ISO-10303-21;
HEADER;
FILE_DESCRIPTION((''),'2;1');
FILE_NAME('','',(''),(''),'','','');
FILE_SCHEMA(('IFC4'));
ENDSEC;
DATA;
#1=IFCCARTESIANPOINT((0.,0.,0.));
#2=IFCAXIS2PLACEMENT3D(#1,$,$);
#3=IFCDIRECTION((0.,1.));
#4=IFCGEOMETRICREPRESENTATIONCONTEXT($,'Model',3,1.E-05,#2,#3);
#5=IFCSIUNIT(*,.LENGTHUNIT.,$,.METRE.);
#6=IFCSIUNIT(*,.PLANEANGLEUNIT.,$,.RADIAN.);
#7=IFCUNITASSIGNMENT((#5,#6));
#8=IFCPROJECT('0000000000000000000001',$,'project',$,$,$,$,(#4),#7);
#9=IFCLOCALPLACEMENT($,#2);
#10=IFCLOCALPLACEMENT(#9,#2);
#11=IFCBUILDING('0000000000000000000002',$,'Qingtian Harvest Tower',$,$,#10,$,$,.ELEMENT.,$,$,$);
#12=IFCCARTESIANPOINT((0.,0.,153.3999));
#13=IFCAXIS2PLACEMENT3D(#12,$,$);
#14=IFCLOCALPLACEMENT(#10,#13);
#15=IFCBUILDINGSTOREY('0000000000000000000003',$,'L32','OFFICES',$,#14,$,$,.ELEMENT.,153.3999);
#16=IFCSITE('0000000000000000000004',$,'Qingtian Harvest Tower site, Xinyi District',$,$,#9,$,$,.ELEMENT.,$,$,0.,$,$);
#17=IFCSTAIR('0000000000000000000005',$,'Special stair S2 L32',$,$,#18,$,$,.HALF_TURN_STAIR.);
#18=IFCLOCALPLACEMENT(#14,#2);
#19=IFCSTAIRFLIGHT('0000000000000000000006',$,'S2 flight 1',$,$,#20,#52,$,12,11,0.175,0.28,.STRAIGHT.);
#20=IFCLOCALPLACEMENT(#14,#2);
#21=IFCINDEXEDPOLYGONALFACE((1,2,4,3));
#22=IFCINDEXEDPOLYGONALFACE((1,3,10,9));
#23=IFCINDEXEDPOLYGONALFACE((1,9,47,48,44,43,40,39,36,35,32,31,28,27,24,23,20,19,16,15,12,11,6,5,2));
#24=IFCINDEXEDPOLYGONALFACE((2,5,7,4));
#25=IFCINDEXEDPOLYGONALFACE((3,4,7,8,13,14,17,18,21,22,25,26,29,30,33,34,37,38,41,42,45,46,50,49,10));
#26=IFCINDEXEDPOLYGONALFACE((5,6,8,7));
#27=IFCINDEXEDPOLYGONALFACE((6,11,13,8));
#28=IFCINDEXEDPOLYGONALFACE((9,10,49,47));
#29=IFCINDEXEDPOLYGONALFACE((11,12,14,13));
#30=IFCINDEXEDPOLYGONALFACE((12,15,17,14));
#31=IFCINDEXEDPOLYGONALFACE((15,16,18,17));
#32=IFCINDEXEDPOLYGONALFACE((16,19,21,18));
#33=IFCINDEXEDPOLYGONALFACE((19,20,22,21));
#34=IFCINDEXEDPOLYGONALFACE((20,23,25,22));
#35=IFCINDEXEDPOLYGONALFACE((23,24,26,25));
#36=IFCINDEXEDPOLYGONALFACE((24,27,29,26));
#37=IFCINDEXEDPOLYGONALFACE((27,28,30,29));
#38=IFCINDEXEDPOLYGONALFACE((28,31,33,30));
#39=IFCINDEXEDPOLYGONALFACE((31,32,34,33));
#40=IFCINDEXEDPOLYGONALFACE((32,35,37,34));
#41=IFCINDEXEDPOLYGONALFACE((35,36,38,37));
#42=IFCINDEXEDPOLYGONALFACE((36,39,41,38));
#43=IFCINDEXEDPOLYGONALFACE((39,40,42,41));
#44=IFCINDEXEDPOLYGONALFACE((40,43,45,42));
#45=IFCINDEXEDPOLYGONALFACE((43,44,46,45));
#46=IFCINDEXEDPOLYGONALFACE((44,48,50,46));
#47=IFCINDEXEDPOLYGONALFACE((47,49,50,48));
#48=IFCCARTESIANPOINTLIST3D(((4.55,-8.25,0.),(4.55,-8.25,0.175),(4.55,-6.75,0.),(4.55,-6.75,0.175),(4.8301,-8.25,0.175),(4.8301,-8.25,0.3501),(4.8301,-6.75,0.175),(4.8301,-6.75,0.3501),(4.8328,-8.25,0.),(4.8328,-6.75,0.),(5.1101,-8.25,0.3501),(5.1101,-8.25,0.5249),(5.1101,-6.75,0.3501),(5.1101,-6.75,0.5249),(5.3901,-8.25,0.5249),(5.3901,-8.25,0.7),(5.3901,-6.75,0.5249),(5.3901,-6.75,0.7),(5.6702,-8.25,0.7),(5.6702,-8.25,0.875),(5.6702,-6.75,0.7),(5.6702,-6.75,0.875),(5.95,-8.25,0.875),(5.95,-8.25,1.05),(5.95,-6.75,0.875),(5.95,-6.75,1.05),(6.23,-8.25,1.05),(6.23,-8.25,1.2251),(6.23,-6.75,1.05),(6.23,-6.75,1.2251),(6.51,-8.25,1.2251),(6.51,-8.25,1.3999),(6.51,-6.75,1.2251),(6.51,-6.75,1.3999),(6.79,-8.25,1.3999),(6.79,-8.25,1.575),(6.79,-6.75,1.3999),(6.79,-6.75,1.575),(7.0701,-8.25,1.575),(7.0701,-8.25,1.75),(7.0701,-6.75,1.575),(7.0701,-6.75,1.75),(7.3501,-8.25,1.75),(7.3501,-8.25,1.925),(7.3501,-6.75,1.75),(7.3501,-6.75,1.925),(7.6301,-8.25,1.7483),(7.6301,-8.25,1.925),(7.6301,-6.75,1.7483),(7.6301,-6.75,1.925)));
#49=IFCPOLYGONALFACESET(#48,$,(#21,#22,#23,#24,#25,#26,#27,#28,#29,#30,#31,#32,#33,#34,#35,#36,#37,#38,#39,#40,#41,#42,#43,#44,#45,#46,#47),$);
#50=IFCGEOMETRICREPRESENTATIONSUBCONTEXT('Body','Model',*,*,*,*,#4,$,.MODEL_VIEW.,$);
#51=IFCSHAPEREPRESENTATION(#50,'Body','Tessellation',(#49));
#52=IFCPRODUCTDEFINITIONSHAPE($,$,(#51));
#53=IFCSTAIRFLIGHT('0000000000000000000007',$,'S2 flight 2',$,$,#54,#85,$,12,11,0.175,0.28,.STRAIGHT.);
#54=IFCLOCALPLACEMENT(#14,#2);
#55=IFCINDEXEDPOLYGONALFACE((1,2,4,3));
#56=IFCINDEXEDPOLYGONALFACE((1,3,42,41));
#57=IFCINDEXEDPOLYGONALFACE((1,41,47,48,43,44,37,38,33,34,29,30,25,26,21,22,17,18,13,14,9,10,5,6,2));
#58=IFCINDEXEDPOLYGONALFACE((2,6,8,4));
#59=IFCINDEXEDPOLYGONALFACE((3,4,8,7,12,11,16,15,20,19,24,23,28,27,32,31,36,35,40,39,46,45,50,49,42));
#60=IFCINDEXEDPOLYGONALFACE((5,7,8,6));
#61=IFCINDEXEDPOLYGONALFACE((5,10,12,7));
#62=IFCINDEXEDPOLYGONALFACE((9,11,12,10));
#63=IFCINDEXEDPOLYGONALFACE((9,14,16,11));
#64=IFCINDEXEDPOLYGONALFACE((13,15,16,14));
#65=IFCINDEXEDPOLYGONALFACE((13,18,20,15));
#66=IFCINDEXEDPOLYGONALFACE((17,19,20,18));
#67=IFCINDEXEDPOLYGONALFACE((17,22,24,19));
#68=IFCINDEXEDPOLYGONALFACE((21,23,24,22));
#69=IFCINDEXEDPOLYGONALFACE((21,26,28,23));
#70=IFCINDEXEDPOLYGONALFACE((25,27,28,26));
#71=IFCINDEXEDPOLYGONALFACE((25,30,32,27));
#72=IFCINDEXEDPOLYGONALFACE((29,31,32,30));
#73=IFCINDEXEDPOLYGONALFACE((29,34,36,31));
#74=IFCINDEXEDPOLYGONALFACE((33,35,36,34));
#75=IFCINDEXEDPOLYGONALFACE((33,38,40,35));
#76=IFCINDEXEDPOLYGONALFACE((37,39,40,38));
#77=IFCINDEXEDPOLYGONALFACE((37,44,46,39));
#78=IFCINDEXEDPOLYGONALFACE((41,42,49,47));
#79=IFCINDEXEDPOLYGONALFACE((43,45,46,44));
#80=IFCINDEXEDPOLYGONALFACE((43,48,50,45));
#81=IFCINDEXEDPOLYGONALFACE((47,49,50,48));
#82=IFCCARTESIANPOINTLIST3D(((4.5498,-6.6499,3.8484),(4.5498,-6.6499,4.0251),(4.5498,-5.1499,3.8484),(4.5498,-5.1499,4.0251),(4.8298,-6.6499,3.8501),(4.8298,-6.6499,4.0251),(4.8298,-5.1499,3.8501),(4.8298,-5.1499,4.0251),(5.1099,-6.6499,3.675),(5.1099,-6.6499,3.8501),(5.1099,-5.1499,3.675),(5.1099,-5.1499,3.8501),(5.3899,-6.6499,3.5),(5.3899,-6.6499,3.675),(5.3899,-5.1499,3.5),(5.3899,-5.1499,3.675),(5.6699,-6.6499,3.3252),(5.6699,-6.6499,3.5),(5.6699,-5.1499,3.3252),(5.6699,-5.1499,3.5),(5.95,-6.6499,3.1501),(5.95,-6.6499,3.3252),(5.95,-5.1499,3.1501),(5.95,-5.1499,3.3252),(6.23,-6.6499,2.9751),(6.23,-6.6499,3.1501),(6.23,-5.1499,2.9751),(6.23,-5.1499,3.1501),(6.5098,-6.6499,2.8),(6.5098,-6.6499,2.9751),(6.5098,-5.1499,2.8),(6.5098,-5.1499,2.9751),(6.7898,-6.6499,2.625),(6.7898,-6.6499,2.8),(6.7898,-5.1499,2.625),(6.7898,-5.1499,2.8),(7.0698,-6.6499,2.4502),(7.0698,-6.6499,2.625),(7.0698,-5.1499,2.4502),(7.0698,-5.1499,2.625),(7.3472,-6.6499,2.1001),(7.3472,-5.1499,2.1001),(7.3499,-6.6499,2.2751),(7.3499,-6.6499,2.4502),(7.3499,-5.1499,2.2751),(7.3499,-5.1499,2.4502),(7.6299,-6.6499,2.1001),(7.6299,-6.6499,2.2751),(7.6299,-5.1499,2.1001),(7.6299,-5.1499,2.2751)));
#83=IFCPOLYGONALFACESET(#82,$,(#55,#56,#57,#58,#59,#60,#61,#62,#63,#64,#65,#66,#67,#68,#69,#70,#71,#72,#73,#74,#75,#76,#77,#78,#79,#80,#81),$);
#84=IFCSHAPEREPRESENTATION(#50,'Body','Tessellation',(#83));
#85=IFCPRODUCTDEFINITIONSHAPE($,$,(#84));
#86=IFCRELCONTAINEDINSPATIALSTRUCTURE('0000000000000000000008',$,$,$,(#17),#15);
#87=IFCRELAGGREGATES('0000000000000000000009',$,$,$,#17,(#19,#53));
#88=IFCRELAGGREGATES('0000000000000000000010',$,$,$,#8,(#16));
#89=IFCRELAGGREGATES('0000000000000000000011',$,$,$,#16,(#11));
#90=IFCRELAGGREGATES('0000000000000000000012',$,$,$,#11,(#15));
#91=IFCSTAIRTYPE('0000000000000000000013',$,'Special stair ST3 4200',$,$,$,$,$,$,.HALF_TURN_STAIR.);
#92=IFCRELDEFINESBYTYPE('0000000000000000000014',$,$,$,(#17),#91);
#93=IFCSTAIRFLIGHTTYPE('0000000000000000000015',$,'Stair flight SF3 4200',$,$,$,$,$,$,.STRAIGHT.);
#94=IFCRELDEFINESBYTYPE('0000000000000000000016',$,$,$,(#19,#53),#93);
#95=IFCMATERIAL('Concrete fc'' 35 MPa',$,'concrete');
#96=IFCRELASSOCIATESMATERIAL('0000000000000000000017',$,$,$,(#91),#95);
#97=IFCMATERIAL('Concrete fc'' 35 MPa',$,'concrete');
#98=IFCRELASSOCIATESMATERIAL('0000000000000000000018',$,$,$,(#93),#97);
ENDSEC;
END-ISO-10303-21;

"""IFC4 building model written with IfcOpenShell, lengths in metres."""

from ifc_helpers import new_model, si_unit, direction, frame, origin, place, context, subcontext, project, spatial, polyline, outline, extrude, material, type_object, element, aggregate, save


model = new_model("IFC4")

# Units and contexts
model_context = context("Model", 3, precision=1e-05, world=origin(), true_north=direction((0.0, 1.0)))
body_context = subcontext(model_context, "Body", "Model", "MODEL_VIEW")
ifc_project = project(units=[si_unit("LENGTHUNIT", "METRE"), si_unit("PLANEANGLEUNIT", "RADIAN")], contexts=[model_context])

# Site, building, storey
site_placement = place(None, origin())
site = spatial("IfcSite", under=ifc_project, at=site_placement, Name="Qingtian Harvest Tower site, Xinyi District", CompositionType="ELEMENT", RefElevation=0.0)
building_placement = place(site_placement, origin())
building = spatial("IfcBuilding", under=site, at=building_placement, Name="Qingtian Harvest Tower", CompositionType="ELEMENT")
storey_placement = place(building_placement, frame((0.0, 0.0, 153.3999)))
storey = spatial("IfcBuildingStorey", under=building, at=storey_placement, Name="L32", Description="OFFICES", CompositionType="ELEMENT", Elevation=153.3999)

# Stair, stair flights
ifc_material_1 = material(Name="Concrete fc' 35 MPa", Category="concrete")
stair_type = type_object("IfcStairType", Name="Special stair ST3 4200", PredefinedType="HALF_TURN_STAIR", material=ifc_material_1)
stair_placement = place(storey_placement, origin())
stair = element("IfcStair", 1, at=stair_placement, inside=storey, type_object=stair_type, Name="Special stair S2 L32", PredefinedType="HALF_TURN_STAIR")
ifc_material_2 = material(Name="Concrete fc' 35 MPa", Category="concrete")
stair_flight_type = type_object("IfcStairFlightType", Name="Stair flight SF3 4200", PredefinedType="STRAIGHT", material=ifc_material_2)
stair_flight_1_placement = place(storey_placement, frame((4.55, -7.5, 0.0), z_axis=(0.0, 0.0, 1.0), x_axis=(1.0, 0.0, 0.0)))
stair_flight_1 = element("IfcStairFlight", 2, at=stair_flight_1_placement, type_object=stair_flight_type, Name="S2 flight 1", NumberOfRisers=12, NumberOfTreads=11, PredefinedType="STRAIGHT", RiserHeight=0.175, TreadLength=0.28, context=body_context, shape_type="SweptSolid", body=[
    extrude(outline(polyline([(0.0, 0.0), (0.0, 0.175), (0.28, 0.175), (0.28, 0.3501), (0.5601, 0.3501), (0.5601, 0.5249), (0.8401, 0.5249), (0.8401, 0.7), (1.1201, 0.7), (1.1201, 0.875), (1.3999, 0.875), (1.3999, 1.05), (1.6799, 1.05), (1.6799, 1.2251), (1.96, 1.2251), (1.96, 1.3999), (2.24, 1.3999), (2.24, 1.575), (2.52, 1.575), (2.52, 1.75), (2.8, 1.75), (2.8, 1.925), (3.0801, 1.925), (3.0801, 2.1001), (3.0801, 1.7483), (0.2827, 0.0), (0.0, 0.0)])), frame((0.0, 0.75, 0.0), z_axis=(0.0, -1.0, 0.0), x_axis=(1.0, 0.0, 0.0)), (0.0, 0.0, 1.0), 1.5),
])
stair_flight_2_placement = place(storey_placement, frame((7.6299, -5.8999, 2.1001), z_axis=(0.0, 0.0, 1.0), x_axis=(-1.0, 0.0, 0.0)))
stair_flight_2 = element("IfcStairFlight", 3, at=stair_flight_2_placement, type_object=stair_flight_type, Name="S2 flight 2", NumberOfRisers=12, NumberOfTreads=11, PredefinedType="STRAIGHT", RiserHeight=0.175, TreadLength=0.28, context=body_context, shape_type="SweptSolid", body=[
    extrude(outline(polyline([(0.0, 0.0), (0.0, 0.175), (0.28, 0.175), (0.28, 0.3501), (0.5601, 0.3501), (0.5601, 0.5249), (0.8401, 0.5249), (0.8401, 0.7), (1.1201, 0.7), (1.1201, 0.875), (1.3999, 0.875), (1.3999, 1.05), (1.6799, 1.05), (1.6799, 1.2251), (1.96, 1.2251), (1.96, 1.3999), (2.24, 1.3999), (2.24, 1.575), (2.52, 1.575), (2.52, 1.75), (2.8, 1.75), (2.8, 1.925), (3.0801, 1.925), (3.0801, 2.1001), (3.0801, 1.7483), (0.2827, 0.0), (0.0, 0.0)])), frame((0.0, 0.75, 0.0), z_axis=(0.0, -1.0, 0.0), x_axis=(1.0, 0.0, 0.0)), (0.0, 0.0, 1.0), 1.5),
])
aggregate(stair, [stair_flight_1, stair_flight_2])

save(model, "model.ifc")
